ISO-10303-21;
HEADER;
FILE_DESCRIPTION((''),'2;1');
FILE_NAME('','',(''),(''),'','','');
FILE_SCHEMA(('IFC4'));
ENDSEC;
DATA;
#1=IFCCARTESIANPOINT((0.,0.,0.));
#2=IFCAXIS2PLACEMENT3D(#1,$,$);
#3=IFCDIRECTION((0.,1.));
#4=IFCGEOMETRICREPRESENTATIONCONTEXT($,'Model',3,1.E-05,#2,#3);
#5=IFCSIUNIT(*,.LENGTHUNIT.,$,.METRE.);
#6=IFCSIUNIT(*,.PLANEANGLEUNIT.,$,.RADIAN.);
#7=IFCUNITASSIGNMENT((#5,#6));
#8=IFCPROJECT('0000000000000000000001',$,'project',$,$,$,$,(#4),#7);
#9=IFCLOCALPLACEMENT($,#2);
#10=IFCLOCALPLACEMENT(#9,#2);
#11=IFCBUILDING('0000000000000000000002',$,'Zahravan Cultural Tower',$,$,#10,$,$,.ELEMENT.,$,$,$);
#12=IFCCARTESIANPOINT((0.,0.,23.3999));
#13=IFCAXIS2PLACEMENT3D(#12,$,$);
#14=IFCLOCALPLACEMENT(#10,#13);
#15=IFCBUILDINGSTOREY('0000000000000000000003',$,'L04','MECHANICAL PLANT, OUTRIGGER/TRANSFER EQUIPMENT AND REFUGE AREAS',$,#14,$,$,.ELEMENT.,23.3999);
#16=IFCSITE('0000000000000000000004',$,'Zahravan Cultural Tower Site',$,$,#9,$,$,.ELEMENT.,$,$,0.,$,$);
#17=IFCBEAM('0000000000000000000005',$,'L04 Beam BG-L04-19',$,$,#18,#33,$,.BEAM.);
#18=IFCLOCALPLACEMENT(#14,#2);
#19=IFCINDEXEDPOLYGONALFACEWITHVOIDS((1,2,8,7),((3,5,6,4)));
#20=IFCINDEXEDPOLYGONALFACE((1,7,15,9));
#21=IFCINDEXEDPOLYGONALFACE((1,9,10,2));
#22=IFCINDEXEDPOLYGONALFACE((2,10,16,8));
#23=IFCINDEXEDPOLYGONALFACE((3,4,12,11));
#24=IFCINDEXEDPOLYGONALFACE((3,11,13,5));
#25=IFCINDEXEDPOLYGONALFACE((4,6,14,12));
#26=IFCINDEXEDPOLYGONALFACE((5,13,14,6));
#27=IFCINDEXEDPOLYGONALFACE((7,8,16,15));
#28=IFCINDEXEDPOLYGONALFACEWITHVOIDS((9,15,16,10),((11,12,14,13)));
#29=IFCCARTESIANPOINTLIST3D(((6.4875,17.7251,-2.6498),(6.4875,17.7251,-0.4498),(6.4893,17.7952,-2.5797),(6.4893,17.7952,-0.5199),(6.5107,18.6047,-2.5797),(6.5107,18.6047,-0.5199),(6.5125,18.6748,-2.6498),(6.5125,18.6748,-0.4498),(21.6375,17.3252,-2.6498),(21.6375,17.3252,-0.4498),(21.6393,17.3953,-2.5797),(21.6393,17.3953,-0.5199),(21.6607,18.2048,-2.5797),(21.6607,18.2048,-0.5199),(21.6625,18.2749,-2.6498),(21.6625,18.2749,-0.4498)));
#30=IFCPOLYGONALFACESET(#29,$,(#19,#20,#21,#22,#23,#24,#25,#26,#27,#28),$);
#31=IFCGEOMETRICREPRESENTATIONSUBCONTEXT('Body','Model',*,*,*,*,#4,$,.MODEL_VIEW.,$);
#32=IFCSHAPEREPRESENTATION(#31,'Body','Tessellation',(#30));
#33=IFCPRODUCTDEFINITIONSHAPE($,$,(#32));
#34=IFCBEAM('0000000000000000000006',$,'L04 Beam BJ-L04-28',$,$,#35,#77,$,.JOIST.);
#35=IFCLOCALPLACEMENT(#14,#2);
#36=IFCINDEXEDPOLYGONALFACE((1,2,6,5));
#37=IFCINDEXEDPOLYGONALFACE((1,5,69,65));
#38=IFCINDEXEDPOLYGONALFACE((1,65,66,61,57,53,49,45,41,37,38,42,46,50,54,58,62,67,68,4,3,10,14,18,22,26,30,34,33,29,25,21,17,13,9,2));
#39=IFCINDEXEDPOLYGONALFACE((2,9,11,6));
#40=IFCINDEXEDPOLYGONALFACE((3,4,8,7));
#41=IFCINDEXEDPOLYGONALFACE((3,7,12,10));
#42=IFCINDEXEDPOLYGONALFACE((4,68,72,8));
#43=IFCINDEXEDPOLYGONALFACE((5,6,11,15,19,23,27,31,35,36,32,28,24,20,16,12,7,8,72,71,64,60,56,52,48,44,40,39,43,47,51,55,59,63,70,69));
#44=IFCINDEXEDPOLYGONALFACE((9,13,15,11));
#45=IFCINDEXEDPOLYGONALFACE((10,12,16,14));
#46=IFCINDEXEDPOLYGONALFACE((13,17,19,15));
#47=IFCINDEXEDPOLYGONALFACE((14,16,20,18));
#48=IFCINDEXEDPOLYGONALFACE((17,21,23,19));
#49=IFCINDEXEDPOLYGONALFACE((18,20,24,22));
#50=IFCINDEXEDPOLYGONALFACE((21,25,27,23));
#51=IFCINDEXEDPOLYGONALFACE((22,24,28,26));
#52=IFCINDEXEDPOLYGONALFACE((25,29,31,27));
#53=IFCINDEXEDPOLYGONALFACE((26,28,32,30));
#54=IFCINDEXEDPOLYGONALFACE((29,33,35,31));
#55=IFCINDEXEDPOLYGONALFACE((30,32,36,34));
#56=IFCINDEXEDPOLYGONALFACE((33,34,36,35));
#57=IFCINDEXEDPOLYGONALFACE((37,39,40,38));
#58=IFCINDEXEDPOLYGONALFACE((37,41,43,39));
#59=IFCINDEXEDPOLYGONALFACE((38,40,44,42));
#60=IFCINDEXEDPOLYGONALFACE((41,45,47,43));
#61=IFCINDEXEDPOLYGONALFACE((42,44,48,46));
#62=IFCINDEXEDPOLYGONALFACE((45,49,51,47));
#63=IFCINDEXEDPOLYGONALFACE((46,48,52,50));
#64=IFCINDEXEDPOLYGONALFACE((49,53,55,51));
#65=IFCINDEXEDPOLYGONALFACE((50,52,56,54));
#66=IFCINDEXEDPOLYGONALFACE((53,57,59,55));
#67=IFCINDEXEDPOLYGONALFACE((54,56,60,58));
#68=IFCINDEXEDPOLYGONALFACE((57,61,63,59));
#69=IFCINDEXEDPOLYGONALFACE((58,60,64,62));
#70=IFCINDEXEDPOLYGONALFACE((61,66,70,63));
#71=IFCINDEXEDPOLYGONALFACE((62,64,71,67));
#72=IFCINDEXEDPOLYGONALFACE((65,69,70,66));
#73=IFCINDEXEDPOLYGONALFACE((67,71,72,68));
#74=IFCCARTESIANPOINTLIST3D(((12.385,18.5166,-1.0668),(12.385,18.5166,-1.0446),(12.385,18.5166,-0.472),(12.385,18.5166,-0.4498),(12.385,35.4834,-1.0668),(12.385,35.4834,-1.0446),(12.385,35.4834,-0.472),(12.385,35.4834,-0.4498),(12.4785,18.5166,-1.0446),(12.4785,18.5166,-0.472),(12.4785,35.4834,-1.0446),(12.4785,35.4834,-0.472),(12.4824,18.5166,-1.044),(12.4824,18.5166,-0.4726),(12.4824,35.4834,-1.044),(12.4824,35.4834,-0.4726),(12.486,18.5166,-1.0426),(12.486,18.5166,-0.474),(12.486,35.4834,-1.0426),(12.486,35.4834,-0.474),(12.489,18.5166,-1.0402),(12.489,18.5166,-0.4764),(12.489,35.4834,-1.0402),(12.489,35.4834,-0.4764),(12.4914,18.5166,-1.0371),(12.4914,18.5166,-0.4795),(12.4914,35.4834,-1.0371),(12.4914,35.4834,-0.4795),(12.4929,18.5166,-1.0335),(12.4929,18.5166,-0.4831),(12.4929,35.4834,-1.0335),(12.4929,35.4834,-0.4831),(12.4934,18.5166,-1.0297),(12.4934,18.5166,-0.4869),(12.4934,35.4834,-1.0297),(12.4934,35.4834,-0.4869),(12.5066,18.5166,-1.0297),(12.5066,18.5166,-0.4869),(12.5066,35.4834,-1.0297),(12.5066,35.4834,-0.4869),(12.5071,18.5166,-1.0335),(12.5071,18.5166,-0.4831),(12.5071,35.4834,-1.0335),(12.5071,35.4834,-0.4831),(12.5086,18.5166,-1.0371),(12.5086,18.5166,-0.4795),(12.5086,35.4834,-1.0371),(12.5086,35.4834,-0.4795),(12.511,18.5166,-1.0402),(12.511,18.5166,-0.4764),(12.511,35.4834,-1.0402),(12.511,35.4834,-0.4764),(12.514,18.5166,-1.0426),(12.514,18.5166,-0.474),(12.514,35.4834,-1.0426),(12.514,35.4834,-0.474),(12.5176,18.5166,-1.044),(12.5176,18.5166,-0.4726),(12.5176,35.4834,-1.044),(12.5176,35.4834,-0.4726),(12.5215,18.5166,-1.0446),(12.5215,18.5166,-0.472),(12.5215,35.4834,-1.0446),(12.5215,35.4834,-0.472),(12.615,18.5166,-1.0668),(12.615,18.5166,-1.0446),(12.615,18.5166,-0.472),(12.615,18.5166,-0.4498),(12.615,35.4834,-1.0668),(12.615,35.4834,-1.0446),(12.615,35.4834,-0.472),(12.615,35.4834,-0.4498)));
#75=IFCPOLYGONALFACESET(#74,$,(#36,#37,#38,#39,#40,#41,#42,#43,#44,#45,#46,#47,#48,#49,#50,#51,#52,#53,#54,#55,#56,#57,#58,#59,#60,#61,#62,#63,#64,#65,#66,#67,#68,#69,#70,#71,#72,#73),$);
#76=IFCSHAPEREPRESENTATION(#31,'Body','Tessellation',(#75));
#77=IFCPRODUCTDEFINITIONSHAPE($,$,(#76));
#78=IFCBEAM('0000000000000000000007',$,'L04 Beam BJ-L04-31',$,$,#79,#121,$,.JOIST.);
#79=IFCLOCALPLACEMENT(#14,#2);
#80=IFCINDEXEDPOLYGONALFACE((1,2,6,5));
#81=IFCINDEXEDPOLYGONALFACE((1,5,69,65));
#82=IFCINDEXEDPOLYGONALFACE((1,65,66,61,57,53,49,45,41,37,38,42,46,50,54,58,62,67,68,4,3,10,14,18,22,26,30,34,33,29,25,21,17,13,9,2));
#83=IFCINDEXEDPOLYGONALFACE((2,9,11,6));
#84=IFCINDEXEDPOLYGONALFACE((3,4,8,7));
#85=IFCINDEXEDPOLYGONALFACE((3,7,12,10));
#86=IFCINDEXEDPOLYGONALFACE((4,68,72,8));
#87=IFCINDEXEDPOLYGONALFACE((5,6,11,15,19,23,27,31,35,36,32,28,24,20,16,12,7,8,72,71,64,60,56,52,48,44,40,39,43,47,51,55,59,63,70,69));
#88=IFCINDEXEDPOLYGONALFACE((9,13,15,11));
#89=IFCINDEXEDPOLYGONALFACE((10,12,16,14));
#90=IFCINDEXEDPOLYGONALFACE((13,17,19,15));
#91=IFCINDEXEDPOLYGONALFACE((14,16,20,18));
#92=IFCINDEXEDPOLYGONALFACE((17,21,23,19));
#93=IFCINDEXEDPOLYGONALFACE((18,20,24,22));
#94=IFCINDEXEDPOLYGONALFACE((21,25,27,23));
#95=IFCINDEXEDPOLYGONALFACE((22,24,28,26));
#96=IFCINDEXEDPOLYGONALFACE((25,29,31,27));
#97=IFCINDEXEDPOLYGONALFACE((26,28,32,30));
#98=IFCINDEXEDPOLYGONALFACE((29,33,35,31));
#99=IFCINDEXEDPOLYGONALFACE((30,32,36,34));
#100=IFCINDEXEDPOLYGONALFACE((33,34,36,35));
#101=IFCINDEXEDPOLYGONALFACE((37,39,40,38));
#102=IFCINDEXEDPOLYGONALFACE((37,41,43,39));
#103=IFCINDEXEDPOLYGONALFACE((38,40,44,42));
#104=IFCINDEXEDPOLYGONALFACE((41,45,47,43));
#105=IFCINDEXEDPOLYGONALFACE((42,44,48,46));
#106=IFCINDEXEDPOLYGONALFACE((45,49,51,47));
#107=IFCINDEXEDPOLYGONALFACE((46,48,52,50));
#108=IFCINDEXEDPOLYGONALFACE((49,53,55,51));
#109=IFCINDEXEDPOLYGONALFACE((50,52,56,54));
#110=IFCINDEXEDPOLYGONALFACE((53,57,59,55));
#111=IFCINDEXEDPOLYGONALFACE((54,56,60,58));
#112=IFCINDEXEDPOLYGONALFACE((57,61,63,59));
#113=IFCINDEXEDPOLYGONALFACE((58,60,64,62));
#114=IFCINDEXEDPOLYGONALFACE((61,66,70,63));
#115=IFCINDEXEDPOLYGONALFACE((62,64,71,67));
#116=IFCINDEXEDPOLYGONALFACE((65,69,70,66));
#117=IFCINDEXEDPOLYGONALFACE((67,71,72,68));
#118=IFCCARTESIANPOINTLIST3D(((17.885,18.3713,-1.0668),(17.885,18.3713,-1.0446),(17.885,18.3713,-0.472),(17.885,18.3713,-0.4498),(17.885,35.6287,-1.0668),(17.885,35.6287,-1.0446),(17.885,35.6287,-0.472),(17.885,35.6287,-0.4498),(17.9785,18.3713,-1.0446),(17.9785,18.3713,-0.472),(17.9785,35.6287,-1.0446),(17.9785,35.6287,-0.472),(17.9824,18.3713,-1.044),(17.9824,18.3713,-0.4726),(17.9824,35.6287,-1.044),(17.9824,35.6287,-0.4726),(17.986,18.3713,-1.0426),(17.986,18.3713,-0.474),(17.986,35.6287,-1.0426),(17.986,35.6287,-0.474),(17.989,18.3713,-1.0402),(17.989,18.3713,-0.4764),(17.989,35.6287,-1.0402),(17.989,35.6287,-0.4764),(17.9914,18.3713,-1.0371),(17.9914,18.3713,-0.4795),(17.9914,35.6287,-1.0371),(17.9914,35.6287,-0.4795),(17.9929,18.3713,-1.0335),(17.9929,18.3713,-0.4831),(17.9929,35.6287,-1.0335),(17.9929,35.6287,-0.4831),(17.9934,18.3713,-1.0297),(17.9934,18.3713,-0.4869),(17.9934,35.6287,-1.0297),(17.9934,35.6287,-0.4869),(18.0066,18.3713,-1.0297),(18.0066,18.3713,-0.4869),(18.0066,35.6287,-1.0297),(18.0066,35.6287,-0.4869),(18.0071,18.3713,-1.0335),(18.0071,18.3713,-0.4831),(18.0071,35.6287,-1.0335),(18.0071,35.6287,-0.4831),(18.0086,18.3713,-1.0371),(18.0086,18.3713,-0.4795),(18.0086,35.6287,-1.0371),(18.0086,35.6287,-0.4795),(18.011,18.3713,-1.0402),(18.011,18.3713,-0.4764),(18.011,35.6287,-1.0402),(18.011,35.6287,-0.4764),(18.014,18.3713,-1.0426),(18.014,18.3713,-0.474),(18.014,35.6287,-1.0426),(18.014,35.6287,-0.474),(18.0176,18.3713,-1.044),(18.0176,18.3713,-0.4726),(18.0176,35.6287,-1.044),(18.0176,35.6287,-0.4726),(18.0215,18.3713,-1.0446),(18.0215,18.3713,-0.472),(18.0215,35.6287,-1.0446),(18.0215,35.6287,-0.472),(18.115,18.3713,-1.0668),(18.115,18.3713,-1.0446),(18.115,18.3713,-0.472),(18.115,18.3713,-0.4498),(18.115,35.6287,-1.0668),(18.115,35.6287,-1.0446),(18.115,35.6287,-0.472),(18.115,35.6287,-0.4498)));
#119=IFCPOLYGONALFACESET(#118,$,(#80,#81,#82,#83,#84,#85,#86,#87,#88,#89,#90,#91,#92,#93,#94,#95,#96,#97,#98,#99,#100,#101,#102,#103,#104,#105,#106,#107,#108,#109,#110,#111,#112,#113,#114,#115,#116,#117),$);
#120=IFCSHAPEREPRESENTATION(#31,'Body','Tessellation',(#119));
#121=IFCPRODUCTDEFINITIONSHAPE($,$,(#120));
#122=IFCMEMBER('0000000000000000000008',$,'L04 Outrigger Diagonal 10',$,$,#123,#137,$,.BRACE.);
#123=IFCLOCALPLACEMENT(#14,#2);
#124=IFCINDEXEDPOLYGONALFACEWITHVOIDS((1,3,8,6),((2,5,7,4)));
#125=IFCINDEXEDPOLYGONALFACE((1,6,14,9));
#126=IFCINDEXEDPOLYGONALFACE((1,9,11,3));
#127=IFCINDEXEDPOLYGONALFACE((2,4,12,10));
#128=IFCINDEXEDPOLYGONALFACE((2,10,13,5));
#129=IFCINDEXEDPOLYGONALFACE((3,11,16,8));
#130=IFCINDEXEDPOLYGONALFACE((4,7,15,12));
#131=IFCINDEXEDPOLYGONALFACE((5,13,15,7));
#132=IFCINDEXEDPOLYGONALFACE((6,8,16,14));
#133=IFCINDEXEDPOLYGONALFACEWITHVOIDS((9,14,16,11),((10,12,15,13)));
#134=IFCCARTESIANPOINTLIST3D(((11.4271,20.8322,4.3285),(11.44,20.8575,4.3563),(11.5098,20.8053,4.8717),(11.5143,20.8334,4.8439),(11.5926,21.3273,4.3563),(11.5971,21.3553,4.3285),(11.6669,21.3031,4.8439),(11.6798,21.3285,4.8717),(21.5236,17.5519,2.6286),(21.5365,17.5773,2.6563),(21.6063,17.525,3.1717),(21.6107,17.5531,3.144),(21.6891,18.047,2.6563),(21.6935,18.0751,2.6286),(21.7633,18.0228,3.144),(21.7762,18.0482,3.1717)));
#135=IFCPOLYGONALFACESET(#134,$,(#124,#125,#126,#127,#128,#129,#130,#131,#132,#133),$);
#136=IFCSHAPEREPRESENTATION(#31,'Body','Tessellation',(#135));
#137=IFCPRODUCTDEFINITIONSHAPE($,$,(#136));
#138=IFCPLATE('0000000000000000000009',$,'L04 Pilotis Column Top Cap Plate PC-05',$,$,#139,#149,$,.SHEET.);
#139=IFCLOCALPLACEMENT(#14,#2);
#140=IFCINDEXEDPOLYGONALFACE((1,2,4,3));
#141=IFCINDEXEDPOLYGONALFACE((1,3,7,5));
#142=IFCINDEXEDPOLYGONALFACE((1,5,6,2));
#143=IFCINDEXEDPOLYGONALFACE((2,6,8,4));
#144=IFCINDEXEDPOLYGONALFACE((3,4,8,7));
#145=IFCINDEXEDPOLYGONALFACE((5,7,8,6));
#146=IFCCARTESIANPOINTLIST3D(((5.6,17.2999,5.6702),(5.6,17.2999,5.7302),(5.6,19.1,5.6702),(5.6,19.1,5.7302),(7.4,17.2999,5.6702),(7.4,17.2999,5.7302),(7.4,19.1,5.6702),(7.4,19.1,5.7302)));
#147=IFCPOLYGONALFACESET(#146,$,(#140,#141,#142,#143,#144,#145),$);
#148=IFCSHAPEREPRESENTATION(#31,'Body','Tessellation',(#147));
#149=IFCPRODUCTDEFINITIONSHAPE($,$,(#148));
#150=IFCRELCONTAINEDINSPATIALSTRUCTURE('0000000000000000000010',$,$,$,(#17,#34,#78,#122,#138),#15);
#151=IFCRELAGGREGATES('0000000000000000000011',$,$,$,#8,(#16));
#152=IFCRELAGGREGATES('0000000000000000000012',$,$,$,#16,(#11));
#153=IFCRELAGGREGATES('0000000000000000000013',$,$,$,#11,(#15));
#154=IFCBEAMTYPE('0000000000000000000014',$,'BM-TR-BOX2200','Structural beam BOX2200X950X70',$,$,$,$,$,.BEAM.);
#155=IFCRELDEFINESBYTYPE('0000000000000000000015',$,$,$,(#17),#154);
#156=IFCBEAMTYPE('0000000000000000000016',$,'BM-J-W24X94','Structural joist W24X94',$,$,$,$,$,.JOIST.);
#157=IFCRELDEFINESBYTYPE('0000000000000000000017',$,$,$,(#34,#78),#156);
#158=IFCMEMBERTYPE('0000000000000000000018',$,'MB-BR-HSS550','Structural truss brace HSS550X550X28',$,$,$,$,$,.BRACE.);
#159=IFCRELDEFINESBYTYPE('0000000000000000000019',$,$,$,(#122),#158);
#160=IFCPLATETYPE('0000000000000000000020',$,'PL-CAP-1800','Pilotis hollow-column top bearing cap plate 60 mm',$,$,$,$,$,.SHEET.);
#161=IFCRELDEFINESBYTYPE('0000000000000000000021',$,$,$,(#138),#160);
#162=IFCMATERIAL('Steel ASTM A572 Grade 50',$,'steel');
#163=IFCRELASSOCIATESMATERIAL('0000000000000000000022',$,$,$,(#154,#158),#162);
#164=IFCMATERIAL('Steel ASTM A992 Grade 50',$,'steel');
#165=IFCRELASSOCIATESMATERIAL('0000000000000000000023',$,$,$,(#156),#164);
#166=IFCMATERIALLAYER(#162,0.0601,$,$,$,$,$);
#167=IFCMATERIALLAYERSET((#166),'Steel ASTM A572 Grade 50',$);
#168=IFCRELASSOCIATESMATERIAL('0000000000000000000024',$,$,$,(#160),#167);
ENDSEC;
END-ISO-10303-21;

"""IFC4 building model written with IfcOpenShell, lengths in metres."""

from ifc_helpers import new_model, si_unit, direction, frame, origin, origin_2d, place, context, subcontext, project, spatial, rectangle, hollow_rectangle, i_section, extrude, source, transform, mapped, material, layer, layer_set, material_profile, profile_set, type_object, element, save


model = new_model("IFC4")

# Units and contexts
model_context = context("Model", 3, precision=1e-05, world=origin(), true_north=direction((0.0, 1.0)))
body_context = subcontext(model_context, "Body", "Model", "MODEL_VIEW")
ifc_project = project(units=[si_unit("LENGTHUNIT", "METRE"), si_unit("PLANEANGLEUNIT", "RADIAN")], contexts=[model_context])

# Site, building, storey
site_placement = place(None, origin())
site = spatial("IfcSite", under=ifc_project, at=site_placement, Name="Zahravan Cultural Tower Site", CompositionType="ELEMENT", RefElevation=0.0)
building_placement = place(site_placement, origin())
building = spatial("IfcBuilding", under=site, at=building_placement, Name="Zahravan Cultural Tower", CompositionType="ELEMENT")
storey_placement = place(building_placement, frame((0.0, 0.0, 23.3999)))
storey = spatial("IfcBuildingStorey", under=building, at=storey_placement, Name="L04", Description="MECHANICAL PLANT, OUTRIGGER/TRANSFER EQUIPMENT AND REFUGE AREAS", CompositionType="ELEMENT", Elevation=23.3999)

# Shared definitions
ifc_material_1 = material(Name="Steel ASTM A572 Grade 50", Category="steel")

# Beams
ifc_material_2 = material(Name="Steel ASTM A992 Grade 50", Category="steel")
ifc_material_profile_1 = material_profile(ifc_material_1, hollow_rectangle(XDim=0.95, YDim=2.2, WallThickness=0.0701, at=origin_2d()), Name="BOX2200X950X70")
ifc_profile_set_1 = profile_set([ifc_material_profile_1], Name="Steel ASTM A572 Grade 50")
beam_type_1 = type_object("IfcBeamType", Name="BM-TR-BOX2200", Description="Structural beam BOX2200X950X70", PredefinedType="BEAM", material=ifc_profile_set_1)
shared_shape_1 = source(origin(), body_context, "Body", "SweptSolid", [
    extrude(hollow_rectangle(XDim=0.95, YDim=2.2, WallThickness=0.0701, at=origin_2d()), origin(), (0.0, 0.0, 1.0), 15.1553),
])
beam_1_placement = place(storey_placement, frame((6.5, 18.2, -1.5498), z_axis=(0.999652, -0.026387, 0.0), x_axis=(0.026387, 0.999652, 0.0)))
element("IfcBeam", 1, at=beam_1_placement, inside=storey, type_object=beam_type_1, Name="L04 Beam BG-L04-19", PredefinedType="BEAM", context=body_context, shape_type="MappedRepresentation", body=[
    mapped(shared_shape_1, transform((0.0, 0.0, 0.0), x_axis=(1.0, 0.0, 0.0), y_axis=(0.0, 1.0, 0.0), z_axis=(0.0, 0.0, 1.0), scale=1.0)),
])
ifc_material_profile_2 = material_profile(ifc_material_2, i_section(OverallWidth=0.23, OverallDepth=0.6169, WebThickness=0.0132, FlangeThickness=0.0222, FilletRadius=0.0149, at=origin_2d()), Name="W24X94")
ifc_profile_set_2 = profile_set([ifc_material_profile_2], Name="Steel ASTM A992 Grade 50")
beam_type_2 = type_object("IfcBeamType", Name="BM-J-W24X94", Description="Structural joist W24X94", PredefinedType="JOIST", material=ifc_profile_set_2)
shared_shape_2 = source(origin(), body_context, "Body", "SweptSolid", [
    extrude(i_section(OverallWidth=0.23, OverallDepth=0.6169, WebThickness=0.0132, FlangeThickness=0.0222, FilletRadius=0.0149, at=origin_2d()), origin(), (0.0, 0.0, 1.0), 16.9668),
])
beam_2_placement = place(storey_placement, frame((12.5, 18.5166, -0.7583), z_axis=(0.0, 1.0, 0.0), x_axis=(-1.0, 0.0, 0.0)))
element("IfcBeam", 2, at=beam_2_placement, inside=storey, type_object=beam_type_2, Name="L04 Beam BJ-L04-28", PredefinedType="JOIST", context=body_context, shape_type="MappedRepresentation", body=[
    mapped(shared_shape_2, transform((0.0, 0.0, 0.0), x_axis=(1.0, 0.0, 0.0), y_axis=(0.0, 1.0, 0.0), z_axis=(0.0, 0.0, 1.0), scale=1.0)),
])
shared_shape_3 = source(origin(), body_context, "Body", "SweptSolid", [
    extrude(i_section(OverallWidth=0.23, OverallDepth=0.6169, WebThickness=0.0132, FlangeThickness=0.0222, FilletRadius=0.0149, at=origin_2d()), origin(), (0.0, 0.0, 1.0), 17.2573),
])
beam_3_placement = place(storey_placement, frame((18.0, 18.3713, -0.7583), z_axis=(0.0, 1.0, 0.0), x_axis=(-1.0, 0.0, 0.0)))
element("IfcBeam", 3, at=beam_3_placement, inside=storey, type_object=beam_type_2, Name="L04 Beam BJ-L04-31", PredefinedType="JOIST", context=body_context, shape_type="MappedRepresentation", body=[
    mapped(shared_shape_3, transform((0.0, 0.0, 0.0), x_axis=(1.0, 0.0, 0.0), y_axis=(0.0, 1.0, 0.0), z_axis=(0.0, 0.0, 1.0), scale=1.0)),
])

# Member
ifc_material_profile_3 = material_profile(ifc_material_1, hollow_rectangle(XDim=0.55, YDim=0.55, WallThickness=0.0281, at=origin_2d()), Name="HSS550X550X28")
ifc_profile_set_3 = profile_set([ifc_material_profile_3], Name="Steel ASTM A572 Grade 50")
member_type = type_object("IfcMemberType", Name="MB-BR-HSS550", Description="Structural truss brace HSS550X550X28", PredefinedType="BRACE", material=ifc_profile_set_3)
shared_shape_4 = source(origin(), body_context, "Body", "SweptSolid", [
    extrude(hollow_rectangle(XDim=0.55, YDim=0.55, WallThickness=0.0281, at=origin_2d()), origin(), (0.0, 0.0, 1.0), 10.7512),
])
member_placement = place(storey_placement, frame((21.6499, 17.8, 2.9001), z_axis=(-0.9391, 0.305108, 0.158118), x_axis=(-0.308995, -0.951064, 0.0)))
element("IfcMember", 4, at=member_placement, inside=storey, type_object=member_type, Name="L04 Outrigger Diagonal 10", PredefinedType="BRACE", context=body_context, shape_type="MappedRepresentation", body=[
    mapped(shared_shape_4, transform((0.0, 0.0, 0.0), x_axis=(1.0, 0.0, 0.0), y_axis=(0.0, 1.0, 0.0), z_axis=(0.0, 0.0, 1.0), scale=1.0)),
])

# Plate
ifc_layer_1 = layer(ifc_material_1, 0.0601)
ifc_layer_set_1 = layer_set([ifc_layer_1], Name="Steel ASTM A572 Grade 50")
plate_type = type_object("IfcPlateType", Name="PL-CAP-1800", Description="Pilotis hollow-column top bearing cap plate 60 mm", PredefinedType="SHEET", material=ifc_layer_set_1)
shared_shape_5 = source(origin(), body_context, "Body", "SweptSolid", [
    extrude(rectangle(XDim=1.8, YDim=1.8, at=origin_2d()), origin(), (0.0, 0.0, 1.0), 0.0601),
])
plate_placement = place(storey_placement, frame((6.5, 18.2, 5.6702), z_axis=(0.0, 0.0, 1.0), x_axis=(1.0, 0.0, 0.0)))
element("IfcPlate", 5, at=plate_placement, inside=storey, type_object=plate_type, Name="L04 Pilotis Column Top Cap Plate PC-05", PredefinedType="SHEET", context=body_context, shape_type="MappedRepresentation", body=[
    mapped(shared_shape_5, transform((0.0, 0.0, 0.0), x_axis=(1.0, 0.0, 0.0), y_axis=(0.0, 1.0, 0.0), z_axis=(0.0, 0.0, 1.0), scale=1.0)),
])

save(model, "model.ifc")
